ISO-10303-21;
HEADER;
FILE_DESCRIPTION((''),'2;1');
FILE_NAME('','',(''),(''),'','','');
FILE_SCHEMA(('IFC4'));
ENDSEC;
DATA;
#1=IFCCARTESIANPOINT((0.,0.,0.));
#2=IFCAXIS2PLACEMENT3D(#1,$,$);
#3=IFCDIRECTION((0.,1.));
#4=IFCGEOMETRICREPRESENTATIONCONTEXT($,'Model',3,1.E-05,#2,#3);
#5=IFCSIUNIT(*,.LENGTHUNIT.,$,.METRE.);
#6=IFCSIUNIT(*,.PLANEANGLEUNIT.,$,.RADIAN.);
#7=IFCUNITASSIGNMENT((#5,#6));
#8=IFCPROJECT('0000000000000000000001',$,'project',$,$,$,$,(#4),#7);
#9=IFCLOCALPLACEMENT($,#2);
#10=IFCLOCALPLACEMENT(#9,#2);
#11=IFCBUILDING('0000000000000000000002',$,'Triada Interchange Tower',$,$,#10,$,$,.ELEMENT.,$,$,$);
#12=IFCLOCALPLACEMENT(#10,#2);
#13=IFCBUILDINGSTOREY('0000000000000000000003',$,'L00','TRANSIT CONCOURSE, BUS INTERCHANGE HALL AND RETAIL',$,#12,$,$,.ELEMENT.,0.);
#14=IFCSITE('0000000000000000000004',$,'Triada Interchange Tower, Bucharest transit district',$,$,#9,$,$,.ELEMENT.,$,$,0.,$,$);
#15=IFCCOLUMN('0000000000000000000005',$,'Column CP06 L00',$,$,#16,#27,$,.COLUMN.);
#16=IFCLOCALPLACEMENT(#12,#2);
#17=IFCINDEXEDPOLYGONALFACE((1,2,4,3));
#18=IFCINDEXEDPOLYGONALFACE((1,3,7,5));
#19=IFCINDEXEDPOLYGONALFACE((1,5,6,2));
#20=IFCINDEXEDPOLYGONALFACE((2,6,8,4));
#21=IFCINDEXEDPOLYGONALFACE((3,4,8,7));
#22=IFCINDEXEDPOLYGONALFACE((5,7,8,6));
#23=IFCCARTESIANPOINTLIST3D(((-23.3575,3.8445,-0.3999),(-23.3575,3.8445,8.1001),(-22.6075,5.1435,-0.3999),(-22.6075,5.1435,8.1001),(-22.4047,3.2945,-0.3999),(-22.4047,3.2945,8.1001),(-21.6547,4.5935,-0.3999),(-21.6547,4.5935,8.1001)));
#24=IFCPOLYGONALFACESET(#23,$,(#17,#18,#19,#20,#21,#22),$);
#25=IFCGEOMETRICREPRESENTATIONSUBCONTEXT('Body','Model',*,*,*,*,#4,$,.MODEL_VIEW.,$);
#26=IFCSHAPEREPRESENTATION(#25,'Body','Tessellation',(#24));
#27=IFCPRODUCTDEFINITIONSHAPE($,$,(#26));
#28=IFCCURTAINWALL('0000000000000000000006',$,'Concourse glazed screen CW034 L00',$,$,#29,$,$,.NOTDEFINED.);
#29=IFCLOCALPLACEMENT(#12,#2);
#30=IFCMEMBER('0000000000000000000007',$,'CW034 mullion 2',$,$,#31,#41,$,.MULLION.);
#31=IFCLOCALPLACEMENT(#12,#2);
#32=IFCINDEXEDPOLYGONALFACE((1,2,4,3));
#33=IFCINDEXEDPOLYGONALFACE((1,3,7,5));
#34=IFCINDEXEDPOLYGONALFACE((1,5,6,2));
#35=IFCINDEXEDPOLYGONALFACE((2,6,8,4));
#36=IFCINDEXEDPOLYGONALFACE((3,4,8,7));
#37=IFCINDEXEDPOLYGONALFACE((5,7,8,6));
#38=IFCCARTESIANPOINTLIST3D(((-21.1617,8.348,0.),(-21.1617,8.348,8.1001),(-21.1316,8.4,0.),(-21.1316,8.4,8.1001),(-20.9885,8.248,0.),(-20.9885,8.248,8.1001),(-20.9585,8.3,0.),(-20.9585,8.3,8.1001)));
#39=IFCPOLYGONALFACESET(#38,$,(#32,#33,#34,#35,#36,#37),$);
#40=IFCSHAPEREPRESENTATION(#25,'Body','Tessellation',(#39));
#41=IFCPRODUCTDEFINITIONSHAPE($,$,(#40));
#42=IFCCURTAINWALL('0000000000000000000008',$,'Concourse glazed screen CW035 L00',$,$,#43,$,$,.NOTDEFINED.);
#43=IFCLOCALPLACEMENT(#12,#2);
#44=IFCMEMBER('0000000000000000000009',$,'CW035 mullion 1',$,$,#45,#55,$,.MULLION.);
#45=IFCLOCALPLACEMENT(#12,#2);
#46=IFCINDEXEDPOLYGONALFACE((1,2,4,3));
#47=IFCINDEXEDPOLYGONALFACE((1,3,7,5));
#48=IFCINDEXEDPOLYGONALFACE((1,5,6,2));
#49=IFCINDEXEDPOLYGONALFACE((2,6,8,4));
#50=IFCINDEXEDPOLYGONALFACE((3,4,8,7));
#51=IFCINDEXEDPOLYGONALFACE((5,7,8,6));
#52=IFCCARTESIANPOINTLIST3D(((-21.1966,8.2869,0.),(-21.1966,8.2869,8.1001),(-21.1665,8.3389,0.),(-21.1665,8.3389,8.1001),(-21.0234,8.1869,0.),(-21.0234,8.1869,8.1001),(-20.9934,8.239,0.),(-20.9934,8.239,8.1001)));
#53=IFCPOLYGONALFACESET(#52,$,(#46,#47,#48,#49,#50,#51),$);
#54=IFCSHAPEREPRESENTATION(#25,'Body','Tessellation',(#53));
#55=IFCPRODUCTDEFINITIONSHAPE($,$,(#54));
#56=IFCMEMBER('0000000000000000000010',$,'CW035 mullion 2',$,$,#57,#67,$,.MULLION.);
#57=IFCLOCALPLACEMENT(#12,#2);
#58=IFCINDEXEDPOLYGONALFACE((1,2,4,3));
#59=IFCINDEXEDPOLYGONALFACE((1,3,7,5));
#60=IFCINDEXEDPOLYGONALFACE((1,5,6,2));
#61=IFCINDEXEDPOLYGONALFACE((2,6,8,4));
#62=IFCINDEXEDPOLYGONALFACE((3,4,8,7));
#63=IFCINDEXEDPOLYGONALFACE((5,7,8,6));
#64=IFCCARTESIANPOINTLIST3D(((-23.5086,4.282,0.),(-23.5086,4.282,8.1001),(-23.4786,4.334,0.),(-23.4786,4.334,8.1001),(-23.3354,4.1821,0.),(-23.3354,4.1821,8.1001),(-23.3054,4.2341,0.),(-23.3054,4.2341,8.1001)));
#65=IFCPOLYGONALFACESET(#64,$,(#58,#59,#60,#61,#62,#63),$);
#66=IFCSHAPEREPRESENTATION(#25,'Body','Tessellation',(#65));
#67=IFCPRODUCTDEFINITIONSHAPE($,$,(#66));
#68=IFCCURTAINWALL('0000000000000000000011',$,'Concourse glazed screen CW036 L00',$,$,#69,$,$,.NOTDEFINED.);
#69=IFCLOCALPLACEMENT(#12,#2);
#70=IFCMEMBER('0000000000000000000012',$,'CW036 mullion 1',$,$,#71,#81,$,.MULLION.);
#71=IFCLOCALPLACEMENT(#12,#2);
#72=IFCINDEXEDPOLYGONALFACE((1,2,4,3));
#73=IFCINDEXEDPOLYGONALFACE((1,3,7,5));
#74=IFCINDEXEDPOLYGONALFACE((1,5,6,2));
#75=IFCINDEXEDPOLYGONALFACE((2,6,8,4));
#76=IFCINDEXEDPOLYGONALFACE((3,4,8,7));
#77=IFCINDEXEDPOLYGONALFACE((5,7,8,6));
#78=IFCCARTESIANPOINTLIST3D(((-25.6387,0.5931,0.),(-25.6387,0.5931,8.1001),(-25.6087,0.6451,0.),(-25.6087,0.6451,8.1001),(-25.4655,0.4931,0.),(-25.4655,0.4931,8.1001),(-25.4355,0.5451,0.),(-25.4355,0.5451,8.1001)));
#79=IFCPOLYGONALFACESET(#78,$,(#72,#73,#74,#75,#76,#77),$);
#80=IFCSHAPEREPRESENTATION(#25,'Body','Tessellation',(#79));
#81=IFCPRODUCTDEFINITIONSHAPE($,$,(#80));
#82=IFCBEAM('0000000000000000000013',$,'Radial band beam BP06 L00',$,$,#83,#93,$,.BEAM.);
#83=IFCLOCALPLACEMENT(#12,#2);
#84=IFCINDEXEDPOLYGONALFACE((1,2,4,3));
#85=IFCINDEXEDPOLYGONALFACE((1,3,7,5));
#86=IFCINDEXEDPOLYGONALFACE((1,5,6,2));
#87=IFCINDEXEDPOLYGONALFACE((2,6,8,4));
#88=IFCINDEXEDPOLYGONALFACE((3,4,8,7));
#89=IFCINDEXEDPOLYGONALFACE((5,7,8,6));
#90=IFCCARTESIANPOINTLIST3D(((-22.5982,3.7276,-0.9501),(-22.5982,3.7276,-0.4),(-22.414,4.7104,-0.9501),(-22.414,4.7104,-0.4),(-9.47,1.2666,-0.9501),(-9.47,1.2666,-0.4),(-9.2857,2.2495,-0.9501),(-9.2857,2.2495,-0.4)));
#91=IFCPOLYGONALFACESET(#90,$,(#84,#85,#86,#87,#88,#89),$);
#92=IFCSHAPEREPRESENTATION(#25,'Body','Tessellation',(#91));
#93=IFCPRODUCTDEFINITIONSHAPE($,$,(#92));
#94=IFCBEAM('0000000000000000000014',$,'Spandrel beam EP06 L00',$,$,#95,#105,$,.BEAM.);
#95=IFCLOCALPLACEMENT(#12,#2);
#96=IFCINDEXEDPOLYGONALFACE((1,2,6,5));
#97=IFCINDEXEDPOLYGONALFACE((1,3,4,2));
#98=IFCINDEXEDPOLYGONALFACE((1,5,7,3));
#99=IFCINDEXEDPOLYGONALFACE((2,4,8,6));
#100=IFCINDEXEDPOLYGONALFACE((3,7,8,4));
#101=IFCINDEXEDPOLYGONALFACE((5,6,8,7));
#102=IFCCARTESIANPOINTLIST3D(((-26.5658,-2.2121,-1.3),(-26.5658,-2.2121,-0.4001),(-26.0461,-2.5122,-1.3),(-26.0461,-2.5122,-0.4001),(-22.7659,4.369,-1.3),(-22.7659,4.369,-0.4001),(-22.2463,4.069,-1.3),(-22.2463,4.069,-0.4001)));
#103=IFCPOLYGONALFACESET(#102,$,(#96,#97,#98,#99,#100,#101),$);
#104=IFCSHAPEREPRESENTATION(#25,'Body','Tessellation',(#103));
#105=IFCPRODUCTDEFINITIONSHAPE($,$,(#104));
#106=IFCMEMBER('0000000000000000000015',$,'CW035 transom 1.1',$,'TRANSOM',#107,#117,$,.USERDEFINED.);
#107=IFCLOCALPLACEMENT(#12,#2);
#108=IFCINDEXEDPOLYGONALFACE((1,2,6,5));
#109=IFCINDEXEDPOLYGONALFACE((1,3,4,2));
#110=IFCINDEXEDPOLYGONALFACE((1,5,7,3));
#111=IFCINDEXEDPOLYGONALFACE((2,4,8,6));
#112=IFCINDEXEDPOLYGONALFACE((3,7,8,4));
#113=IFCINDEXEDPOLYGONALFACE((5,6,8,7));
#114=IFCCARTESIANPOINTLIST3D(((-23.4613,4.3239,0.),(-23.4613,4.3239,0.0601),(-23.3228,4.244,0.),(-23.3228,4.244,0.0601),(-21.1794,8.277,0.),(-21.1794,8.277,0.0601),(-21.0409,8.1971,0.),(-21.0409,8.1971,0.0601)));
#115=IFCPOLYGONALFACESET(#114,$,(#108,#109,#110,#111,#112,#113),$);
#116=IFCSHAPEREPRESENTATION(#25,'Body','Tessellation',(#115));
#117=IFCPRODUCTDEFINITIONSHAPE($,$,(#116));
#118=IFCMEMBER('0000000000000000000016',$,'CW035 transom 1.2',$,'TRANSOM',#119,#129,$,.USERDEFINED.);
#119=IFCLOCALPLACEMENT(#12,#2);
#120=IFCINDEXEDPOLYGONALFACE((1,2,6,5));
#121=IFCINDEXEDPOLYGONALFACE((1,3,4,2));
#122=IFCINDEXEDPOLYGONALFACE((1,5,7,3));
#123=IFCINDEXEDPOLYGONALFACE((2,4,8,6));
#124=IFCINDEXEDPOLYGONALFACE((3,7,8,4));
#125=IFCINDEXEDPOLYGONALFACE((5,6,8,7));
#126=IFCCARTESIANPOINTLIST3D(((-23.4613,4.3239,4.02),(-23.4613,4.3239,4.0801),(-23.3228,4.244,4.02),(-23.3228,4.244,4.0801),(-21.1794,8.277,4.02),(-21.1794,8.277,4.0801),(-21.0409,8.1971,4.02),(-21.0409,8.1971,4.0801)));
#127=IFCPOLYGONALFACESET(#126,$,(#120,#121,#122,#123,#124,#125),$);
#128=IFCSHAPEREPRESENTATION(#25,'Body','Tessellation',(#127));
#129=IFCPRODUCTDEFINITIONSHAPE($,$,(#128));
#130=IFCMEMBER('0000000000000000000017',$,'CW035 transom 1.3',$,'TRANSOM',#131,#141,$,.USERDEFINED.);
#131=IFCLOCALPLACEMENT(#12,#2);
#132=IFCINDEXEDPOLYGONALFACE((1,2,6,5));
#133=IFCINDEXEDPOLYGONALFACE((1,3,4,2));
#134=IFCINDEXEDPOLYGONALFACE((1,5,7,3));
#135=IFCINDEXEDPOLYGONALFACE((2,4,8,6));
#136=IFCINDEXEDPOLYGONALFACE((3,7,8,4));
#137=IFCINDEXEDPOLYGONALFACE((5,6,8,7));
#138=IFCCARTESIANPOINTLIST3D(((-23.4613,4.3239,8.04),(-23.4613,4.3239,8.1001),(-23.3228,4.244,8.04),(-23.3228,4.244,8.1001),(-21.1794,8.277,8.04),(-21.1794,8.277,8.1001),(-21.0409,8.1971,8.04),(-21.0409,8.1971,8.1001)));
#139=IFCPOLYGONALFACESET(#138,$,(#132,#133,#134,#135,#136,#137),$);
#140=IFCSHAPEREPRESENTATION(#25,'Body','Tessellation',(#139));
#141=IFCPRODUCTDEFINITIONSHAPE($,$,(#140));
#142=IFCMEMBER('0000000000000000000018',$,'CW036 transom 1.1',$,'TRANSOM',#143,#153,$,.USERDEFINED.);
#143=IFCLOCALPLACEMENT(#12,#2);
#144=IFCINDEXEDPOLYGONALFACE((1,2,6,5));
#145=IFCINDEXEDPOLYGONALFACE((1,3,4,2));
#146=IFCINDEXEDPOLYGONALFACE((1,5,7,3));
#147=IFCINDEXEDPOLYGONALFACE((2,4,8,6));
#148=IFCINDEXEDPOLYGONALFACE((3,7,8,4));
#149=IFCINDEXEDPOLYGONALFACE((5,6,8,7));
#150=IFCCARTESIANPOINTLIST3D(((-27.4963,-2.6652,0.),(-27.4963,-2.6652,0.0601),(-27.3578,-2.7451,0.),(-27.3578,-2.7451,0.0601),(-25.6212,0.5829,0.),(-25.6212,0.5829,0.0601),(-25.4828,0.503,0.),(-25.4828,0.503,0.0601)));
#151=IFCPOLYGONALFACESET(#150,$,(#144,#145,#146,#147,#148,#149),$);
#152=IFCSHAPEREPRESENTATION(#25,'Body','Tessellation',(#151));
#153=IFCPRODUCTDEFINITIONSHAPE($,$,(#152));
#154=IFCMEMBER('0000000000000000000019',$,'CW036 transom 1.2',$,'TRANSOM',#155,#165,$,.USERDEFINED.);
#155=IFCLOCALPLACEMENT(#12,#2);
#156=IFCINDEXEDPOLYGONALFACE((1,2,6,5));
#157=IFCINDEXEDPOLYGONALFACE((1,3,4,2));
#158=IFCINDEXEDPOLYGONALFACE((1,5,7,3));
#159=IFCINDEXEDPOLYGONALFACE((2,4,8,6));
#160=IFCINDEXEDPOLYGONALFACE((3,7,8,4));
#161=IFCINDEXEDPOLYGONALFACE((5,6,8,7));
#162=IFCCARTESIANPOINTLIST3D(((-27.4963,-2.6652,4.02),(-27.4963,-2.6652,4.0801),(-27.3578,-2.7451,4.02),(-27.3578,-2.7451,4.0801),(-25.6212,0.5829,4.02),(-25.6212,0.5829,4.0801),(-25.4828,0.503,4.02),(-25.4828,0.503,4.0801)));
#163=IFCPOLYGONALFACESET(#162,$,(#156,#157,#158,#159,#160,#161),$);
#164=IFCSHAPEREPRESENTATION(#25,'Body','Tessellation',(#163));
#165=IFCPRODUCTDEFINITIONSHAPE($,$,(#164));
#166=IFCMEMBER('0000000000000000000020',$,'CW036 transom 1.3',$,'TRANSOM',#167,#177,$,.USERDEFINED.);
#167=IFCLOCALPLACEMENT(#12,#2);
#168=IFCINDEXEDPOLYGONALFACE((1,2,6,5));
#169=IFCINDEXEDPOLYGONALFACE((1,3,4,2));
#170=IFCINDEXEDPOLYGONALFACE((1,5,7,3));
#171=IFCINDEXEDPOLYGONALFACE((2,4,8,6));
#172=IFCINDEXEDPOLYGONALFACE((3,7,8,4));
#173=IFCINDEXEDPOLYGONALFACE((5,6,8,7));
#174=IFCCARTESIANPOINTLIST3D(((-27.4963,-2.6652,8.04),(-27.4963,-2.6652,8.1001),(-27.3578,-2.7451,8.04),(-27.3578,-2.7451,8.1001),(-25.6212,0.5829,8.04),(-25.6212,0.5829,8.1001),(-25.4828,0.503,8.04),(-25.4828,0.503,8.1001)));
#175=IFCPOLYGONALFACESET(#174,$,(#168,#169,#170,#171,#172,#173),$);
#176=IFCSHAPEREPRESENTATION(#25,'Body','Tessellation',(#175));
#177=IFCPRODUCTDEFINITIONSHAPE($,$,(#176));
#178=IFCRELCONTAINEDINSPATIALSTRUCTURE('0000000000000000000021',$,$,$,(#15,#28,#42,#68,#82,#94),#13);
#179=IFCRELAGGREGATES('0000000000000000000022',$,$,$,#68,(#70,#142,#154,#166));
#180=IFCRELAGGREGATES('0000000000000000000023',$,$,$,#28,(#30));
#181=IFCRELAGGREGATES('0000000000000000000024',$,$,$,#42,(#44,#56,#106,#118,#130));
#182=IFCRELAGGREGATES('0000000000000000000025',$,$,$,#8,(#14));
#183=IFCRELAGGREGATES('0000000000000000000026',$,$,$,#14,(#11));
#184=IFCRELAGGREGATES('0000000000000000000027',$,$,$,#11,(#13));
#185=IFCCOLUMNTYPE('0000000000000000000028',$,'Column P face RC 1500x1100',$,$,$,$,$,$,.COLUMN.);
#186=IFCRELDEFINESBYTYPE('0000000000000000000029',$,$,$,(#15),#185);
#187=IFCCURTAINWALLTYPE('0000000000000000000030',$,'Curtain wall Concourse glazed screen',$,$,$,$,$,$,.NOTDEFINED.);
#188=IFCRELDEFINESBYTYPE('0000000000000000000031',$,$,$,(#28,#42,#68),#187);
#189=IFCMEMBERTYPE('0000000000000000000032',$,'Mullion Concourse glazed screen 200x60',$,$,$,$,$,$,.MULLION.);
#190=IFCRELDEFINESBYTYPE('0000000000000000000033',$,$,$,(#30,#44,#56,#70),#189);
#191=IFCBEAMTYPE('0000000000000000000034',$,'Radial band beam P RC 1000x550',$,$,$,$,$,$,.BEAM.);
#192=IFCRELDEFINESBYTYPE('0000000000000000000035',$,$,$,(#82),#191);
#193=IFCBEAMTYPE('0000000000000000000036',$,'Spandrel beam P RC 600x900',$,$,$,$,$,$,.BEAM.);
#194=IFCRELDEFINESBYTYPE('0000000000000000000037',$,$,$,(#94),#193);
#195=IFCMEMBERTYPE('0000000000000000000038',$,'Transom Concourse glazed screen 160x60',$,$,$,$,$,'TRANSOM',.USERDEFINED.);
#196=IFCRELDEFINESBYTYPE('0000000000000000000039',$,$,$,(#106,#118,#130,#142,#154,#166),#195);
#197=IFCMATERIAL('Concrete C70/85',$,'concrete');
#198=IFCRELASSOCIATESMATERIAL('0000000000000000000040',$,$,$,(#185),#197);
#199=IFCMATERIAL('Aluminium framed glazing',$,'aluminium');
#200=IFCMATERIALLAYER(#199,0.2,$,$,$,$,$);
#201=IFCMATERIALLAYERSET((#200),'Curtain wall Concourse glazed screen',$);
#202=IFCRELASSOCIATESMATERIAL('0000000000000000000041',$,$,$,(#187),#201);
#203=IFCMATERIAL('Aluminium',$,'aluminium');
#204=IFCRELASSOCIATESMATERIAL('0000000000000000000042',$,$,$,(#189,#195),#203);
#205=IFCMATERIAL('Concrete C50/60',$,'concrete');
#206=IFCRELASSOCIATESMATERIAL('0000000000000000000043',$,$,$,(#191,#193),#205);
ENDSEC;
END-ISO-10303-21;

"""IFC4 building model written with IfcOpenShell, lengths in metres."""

from ifc_helpers import new_model, si_unit, direction, frame, origin, origin_2d, place, context, subcontext, project, spatial, rectangle, extrude, material, layer, layer_set, material_profile, profile_set, type_object, element, aggregate, save


model = new_model("IFC4")

# Units and contexts
model_context = context("Model", 3, precision=1e-05, world=origin(), true_north=direction((0.0, 1.0)))
body_context = subcontext(model_context, "Body", "Model", "MODEL_VIEW")
ifc_project = project(units=[si_unit("LENGTHUNIT", "METRE"), si_unit("PLANEANGLEUNIT", "RADIAN")], contexts=[model_context])

# Site, building, storey
site_placement = place(None, origin())
site = spatial("IfcSite", under=ifc_project, at=site_placement, Name="Triada Interchange Tower, Bucharest transit district", CompositionType="ELEMENT", RefElevation=0.0)
building_placement = place(site_placement, origin())
building = spatial("IfcBuilding", under=site, at=building_placement, Name="Triada Interchange Tower", CompositionType="ELEMENT")
storey_placement = place(building_placement, origin())
storey = spatial("IfcBuildingStorey", under=building, at=storey_placement, Name="L00", Description="TRANSIT CONCOURSE, BUS INTERCHANGE HALL AND RETAIL", CompositionType="ELEMENT", Elevation=0.0)

# Column
ifc_material_1 = material(Name="Concrete C70/85", Category="concrete")
ifc_material_profile_1 = material_profile(ifc_material_1, rectangle(XDim=1.5, YDim=1.1001, at=origin_2d()), Name="RC 1500x1100")
ifc_profile_set_1 = profile_set([ifc_material_profile_1], Name="Concrete C70/85")
column_type = type_object("IfcColumnType", Name="Column P face RC 1500x1100", PredefinedType="COLUMN", material=ifc_profile_set_1)
column_placement = place(storey_placement, frame((-22.5061, 4.219, -0.3999), z_axis=(0.0, 0.0, 1.0), x_axis=(0.5, 0.866025, 0.0)))
element("IfcColumn", 1, at=column_placement, inside=storey, type_object=column_type, Name="Column CP06 L00", PredefinedType="COLUMN", context=body_context, shape_type="SweptSolid", body=[
    extrude(rectangle(XDim=1.5, YDim=1.1001, at=origin_2d()), origin(), (0.0, 0.0, 1.0), 8.5),
])

# Curtain wall, member
ifc_material_2 = material(Name="Aluminium framed glazing", Category="aluminium")
ifc_layer_1 = layer(ifc_material_2, 0.2)
ifc_layer_set_1 = layer_set([ifc_layer_1], Name="Curtain wall Concourse glazed screen")
curtain_wall_type = type_object("IfcCurtainWallType", Name="Curtain wall Concourse glazed screen", PredefinedType="NOTDEFINED", material=ifc_layer_set_1)
curtain_wall_1_placement = place(storey_placement, origin())
curtain_wall_1 = element("IfcCurtainWall", 2, at=curtain_wall_1_placement, inside=storey, type_object=curtain_wall_type, Name="Concourse glazed screen CW034 L00", PredefinedType="NOTDEFINED")
ifc_material_3 = material(Name="Aluminium", Category="aluminium")
ifc_material_profile_2 = material_profile(ifc_material_3, rectangle(XDim=0.2, YDim=0.0601, at=origin_2d()), Name="Aluminium mullion")
ifc_profile_set_2 = profile_set([ifc_material_profile_2], Name="Aluminium")
member_type_1 = type_object("IfcMemberType", Name="Mullion Concourse glazed screen 200x60", PredefinedType="MULLION", material=ifc_profile_set_2)
member_1_placement = place(storey_placement, frame((-21.0601, 8.324, 0.0), z_axis=(0.0, 0.0, 1.0), x_axis=(0.865962, -0.50011, 0.0)))
member_1 = element("IfcMember", 3, at=member_1_placement, type_object=member_type_1, Name="CW034 mullion 2", PredefinedType="MULLION", context=body_context, shape_type="SweptSolid", body=[
    extrude(rectangle(XDim=0.2, YDim=0.0601, at=origin_2d()), origin(), (0.0, 0.0, 1.0), 8.1001),
])

# Curtain wall, members
curtain_wall_2_placement = place(storey_placement, origin())
curtain_wall_2 = element("IfcCurtainWall", 4, at=curtain_wall_2_placement, inside=storey, type_object=curtain_wall_type, Name="Concourse glazed screen CW035 L00", PredefinedType="NOTDEFINED")
member_2_placement = place(storey_placement, frame((-21.095, 8.2629, 0.0), z_axis=(0.0, 0.0, 1.0), x_axis=(0.866054, -0.49995, 0.0)))
member_2 = element("IfcMember", 5, at=member_2_placement, type_object=member_type_1, Name="CW035 mullion 1", PredefinedType="MULLION", context=body_context, shape_type="SweptSolid", body=[
    extrude(rectangle(XDim=0.2, YDim=0.0601, at=origin_2d()), origin(), (0.0, 0.0, 1.0), 8.1001),
])
member_3_placement = place(storey_placement, frame((-23.407, 4.2581, 0.0), z_axis=(0.0, 0.0, 1.0), x_axis=(0.866054, -0.49995, 0.0)))
member_3 = element("IfcMember", 6, at=member_3_placement, type_object=member_type_1, Name="CW035 mullion 2", PredefinedType="MULLION", context=body_context, shape_type="SweptSolid", body=[
    extrude(rectangle(XDim=0.2, YDim=0.0601, at=origin_2d()), origin(), (0.0, 0.0, 1.0), 8.1001),
])

# Curtain wall, member
curtain_wall_3_placement = place(storey_placement, origin())
curtain_wall_3 = element("IfcCurtainWall", 7, at=curtain_wall_3_placement, inside=storey, type_object=curtain_wall_type, Name="Concourse glazed screen CW036 L00", PredefinedType="NOTDEFINED")
member_4_placement = place(storey_placement, frame((-25.5371, 0.5691, 0.0), z_axis=(0.0, 0.0, 1.0), x_axis=(0.866057, -0.499946, 0.0)))
member_4 = element("IfcMember", 8, at=member_4_placement, type_object=member_type_1, Name="CW036 mullion 1", PredefinedType="MULLION", context=body_context, shape_type="SweptSolid", body=[
    extrude(rectangle(XDim=0.2, YDim=0.0601, at=origin_2d()), origin(), (0.0, 0.0, 1.0), 8.1001),
])

# Beams
ifc_material_4 = material(Name="Concrete C50/60", Category="concrete")
ifc_material_profile_3 = material_profile(ifc_material_4, rectangle(XDim=1.0, YDim=0.55, at=origin_2d()), Name="RC 1000x550")
ifc_profile_set_3 = profile_set([ifc_material_profile_3], Name="Concrete C50/60")
beam_type_1 = type_object("IfcBeamType", Name="Radial band beam P RC 1000x550", PredefinedType="BEAM", material=ifc_profile_set_3)
beam_1_placement = place(storey_placement, frame((-22.5061, 4.219, -0.675), z_axis=(0.98288, -0.184245, 0.0), x_axis=(0.184245, 0.98288, 0.0)))
element("IfcBeam", 9, at=beam_1_placement, inside=storey, type_object=beam_type_1, Name="Radial band beam BP06 L00", PredefinedType="BEAM", context=body_context, shape_type="SweptSolid", body=[
    extrude(rectangle(XDim=1.0, YDim=0.55, at=origin_2d()), origin(), (0.0, 0.0, 1.0), 13.3569),
])
ifc_material_profile_4 = material_profile(ifc_material_4, rectangle(XDim=0.6001, YDim=0.8999, at=origin_2d()), Name="RC 600x900")
ifc_profile_set_4 = profile_set([ifc_material_profile_4], Name="Concrete C50/60")
beam_type_2 = type_object("IfcBeamType", Name="Spandrel beam P RC 600x900", PredefinedType="BEAM", material=ifc_profile_set_4)
beam_2_placement = place(storey_placement, frame((-22.5061, 4.219, -0.8501), z_axis=(-0.500023, -0.866012, 0.0), x_axis=(0.866012, -0.500023, 0.0)))
element("IfcBeam", 10, at=beam_2_placement, inside=storey, type_object=beam_type_2, Name="Spandrel beam EP06 L00", PredefinedType="BEAM", context=body_context, shape_type="SweptSolid", body=[
    extrude(rectangle(XDim=0.6001, YDim=0.8999, at=origin_2d()), origin(), (0.0, 0.0, 1.0), 7.5994),
])

# Members
ifc_material_profile_5 = material_profile(ifc_material_3, rectangle(XDim=0.1599, YDim=0.0601, at=origin_2d()), Name="Aluminium transom")
ifc_profile_set_5 = profile_set([ifc_material_profile_5], Name="Aluminium")
member_type_2 = type_object("IfcMemberType", Name="Transom Concourse glazed screen 160x60", ElementType="TRANSOM", PredefinedType="USERDEFINED", material=ifc_profile_set_5)
member_5_placement = place(storey_placement, frame((-21.1101, 8.2371, 0.03), z_axis=(-0.499942, -0.866059, 0.0), x_axis=(0.866059, -0.499942, 0.0)))
member_5 = element("IfcMember", 11, at=member_5_placement, type_object=member_type_2, Name="CW035 transom 1.1", ObjectType="TRANSOM", PredefinedType="USERDEFINED", context=body_context, shape_type="SweptSolid", body=[
    extrude(rectangle(XDim=0.1599, YDim=0.0601, at=origin_2d()), origin(), (0.0, 0.0, 1.0), 4.5645),
])
member_6_placement = place(storey_placement, frame((-21.1101, 8.2371, 4.05), z_axis=(-0.499942, -0.866059, 0.0), x_axis=(0.866059, -0.499942, 0.0)))
member_6 = element("IfcMember", 12, at=member_6_placement, type_object=member_type_2, Name="CW035 transom 1.2", ObjectType="TRANSOM", PredefinedType="USERDEFINED", context=body_context, shape_type="SweptSolid", body=[
    extrude(rectangle(XDim=0.1599, YDim=0.0601, at=origin_2d()), origin(), (0.0, 0.0, 1.0), 4.5645),
])
member_7_placement = place(storey_placement, frame((-21.1101, 8.2371, 8.0701), z_axis=(-0.499942, -0.866059, 0.0), x_axis=(0.866059, -0.499942, 0.0)))
member_7 = element("IfcMember", 13, at=member_7_placement, type_object=member_type_2, Name="CW035 transom 1.3", ObjectType="TRANSOM", PredefinedType="USERDEFINED", context=body_context, shape_type="SweptSolid", body=[
    extrude(rectangle(XDim=0.1599, YDim=0.0601, at=origin_2d()), origin(), (0.0, 0.0, 1.0), 4.5645),
])
member_8_placement = place(storey_placement, frame((-25.552, 0.543, 0.03), z_axis=(-0.499948, -0.866056, 0.0), x_axis=(0.866056, -0.499948, 0.0)))
member_8 = element("IfcMember", 14, at=member_8_placement, type_object=member_type_2, Name="CW036 transom 1.1", ObjectType="TRANSOM", PredefinedType="USERDEFINED", context=body_context, shape_type="SweptSolid", body=[
    extrude(rectangle(XDim=0.1599, YDim=0.0601, at=origin_2d()), origin(), (0.0, 0.0, 1.0), 3.7505),
])
member_9_placement = place(storey_placement, frame((-25.552, 0.543, 4.05), z_axis=(-0.499948, -0.866056, 0.0), x_axis=(0.866056, -0.499948, 0.0)))
member_9 = element("IfcMember", 15, at=member_9_placement, type_object=member_type_2, Name="CW036 transom 1.2", ObjectType="TRANSOM", PredefinedType="USERDEFINED", context=body_context, shape_type="SweptSolid", body=[
    extrude(rectangle(XDim=0.1599, YDim=0.0601, at=origin_2d()), origin(), (0.0, 0.0, 1.0), 3.7505),
])
member_10_placement = place(storey_placement, frame((-25.552, 0.543, 8.0701), z_axis=(-0.499948, -0.866056, 0.0), x_axis=(0.866056, -0.499948, 0.0)))
member_10 = element("IfcMember", 16, at=member_10_placement, type_object=member_type_2, Name="CW036 transom 1.3", ObjectType="TRANSOM", PredefinedType="USERDEFINED", context=body_context, shape_type="SweptSolid", body=[
    extrude(rectangle(XDim=0.1599, YDim=0.0601, at=origin_2d()), origin(), (0.0, 0.0, 1.0), 3.7505),
])
aggregate(curtain_wall_3, [member_4, member_8, member_9, member_10])

aggregate(curtain_wall_1, [member_1])
aggregate(curtain_wall_2, [member_2, member_3, member_5, member_6, member_7])

save(model, "model.ifc")
